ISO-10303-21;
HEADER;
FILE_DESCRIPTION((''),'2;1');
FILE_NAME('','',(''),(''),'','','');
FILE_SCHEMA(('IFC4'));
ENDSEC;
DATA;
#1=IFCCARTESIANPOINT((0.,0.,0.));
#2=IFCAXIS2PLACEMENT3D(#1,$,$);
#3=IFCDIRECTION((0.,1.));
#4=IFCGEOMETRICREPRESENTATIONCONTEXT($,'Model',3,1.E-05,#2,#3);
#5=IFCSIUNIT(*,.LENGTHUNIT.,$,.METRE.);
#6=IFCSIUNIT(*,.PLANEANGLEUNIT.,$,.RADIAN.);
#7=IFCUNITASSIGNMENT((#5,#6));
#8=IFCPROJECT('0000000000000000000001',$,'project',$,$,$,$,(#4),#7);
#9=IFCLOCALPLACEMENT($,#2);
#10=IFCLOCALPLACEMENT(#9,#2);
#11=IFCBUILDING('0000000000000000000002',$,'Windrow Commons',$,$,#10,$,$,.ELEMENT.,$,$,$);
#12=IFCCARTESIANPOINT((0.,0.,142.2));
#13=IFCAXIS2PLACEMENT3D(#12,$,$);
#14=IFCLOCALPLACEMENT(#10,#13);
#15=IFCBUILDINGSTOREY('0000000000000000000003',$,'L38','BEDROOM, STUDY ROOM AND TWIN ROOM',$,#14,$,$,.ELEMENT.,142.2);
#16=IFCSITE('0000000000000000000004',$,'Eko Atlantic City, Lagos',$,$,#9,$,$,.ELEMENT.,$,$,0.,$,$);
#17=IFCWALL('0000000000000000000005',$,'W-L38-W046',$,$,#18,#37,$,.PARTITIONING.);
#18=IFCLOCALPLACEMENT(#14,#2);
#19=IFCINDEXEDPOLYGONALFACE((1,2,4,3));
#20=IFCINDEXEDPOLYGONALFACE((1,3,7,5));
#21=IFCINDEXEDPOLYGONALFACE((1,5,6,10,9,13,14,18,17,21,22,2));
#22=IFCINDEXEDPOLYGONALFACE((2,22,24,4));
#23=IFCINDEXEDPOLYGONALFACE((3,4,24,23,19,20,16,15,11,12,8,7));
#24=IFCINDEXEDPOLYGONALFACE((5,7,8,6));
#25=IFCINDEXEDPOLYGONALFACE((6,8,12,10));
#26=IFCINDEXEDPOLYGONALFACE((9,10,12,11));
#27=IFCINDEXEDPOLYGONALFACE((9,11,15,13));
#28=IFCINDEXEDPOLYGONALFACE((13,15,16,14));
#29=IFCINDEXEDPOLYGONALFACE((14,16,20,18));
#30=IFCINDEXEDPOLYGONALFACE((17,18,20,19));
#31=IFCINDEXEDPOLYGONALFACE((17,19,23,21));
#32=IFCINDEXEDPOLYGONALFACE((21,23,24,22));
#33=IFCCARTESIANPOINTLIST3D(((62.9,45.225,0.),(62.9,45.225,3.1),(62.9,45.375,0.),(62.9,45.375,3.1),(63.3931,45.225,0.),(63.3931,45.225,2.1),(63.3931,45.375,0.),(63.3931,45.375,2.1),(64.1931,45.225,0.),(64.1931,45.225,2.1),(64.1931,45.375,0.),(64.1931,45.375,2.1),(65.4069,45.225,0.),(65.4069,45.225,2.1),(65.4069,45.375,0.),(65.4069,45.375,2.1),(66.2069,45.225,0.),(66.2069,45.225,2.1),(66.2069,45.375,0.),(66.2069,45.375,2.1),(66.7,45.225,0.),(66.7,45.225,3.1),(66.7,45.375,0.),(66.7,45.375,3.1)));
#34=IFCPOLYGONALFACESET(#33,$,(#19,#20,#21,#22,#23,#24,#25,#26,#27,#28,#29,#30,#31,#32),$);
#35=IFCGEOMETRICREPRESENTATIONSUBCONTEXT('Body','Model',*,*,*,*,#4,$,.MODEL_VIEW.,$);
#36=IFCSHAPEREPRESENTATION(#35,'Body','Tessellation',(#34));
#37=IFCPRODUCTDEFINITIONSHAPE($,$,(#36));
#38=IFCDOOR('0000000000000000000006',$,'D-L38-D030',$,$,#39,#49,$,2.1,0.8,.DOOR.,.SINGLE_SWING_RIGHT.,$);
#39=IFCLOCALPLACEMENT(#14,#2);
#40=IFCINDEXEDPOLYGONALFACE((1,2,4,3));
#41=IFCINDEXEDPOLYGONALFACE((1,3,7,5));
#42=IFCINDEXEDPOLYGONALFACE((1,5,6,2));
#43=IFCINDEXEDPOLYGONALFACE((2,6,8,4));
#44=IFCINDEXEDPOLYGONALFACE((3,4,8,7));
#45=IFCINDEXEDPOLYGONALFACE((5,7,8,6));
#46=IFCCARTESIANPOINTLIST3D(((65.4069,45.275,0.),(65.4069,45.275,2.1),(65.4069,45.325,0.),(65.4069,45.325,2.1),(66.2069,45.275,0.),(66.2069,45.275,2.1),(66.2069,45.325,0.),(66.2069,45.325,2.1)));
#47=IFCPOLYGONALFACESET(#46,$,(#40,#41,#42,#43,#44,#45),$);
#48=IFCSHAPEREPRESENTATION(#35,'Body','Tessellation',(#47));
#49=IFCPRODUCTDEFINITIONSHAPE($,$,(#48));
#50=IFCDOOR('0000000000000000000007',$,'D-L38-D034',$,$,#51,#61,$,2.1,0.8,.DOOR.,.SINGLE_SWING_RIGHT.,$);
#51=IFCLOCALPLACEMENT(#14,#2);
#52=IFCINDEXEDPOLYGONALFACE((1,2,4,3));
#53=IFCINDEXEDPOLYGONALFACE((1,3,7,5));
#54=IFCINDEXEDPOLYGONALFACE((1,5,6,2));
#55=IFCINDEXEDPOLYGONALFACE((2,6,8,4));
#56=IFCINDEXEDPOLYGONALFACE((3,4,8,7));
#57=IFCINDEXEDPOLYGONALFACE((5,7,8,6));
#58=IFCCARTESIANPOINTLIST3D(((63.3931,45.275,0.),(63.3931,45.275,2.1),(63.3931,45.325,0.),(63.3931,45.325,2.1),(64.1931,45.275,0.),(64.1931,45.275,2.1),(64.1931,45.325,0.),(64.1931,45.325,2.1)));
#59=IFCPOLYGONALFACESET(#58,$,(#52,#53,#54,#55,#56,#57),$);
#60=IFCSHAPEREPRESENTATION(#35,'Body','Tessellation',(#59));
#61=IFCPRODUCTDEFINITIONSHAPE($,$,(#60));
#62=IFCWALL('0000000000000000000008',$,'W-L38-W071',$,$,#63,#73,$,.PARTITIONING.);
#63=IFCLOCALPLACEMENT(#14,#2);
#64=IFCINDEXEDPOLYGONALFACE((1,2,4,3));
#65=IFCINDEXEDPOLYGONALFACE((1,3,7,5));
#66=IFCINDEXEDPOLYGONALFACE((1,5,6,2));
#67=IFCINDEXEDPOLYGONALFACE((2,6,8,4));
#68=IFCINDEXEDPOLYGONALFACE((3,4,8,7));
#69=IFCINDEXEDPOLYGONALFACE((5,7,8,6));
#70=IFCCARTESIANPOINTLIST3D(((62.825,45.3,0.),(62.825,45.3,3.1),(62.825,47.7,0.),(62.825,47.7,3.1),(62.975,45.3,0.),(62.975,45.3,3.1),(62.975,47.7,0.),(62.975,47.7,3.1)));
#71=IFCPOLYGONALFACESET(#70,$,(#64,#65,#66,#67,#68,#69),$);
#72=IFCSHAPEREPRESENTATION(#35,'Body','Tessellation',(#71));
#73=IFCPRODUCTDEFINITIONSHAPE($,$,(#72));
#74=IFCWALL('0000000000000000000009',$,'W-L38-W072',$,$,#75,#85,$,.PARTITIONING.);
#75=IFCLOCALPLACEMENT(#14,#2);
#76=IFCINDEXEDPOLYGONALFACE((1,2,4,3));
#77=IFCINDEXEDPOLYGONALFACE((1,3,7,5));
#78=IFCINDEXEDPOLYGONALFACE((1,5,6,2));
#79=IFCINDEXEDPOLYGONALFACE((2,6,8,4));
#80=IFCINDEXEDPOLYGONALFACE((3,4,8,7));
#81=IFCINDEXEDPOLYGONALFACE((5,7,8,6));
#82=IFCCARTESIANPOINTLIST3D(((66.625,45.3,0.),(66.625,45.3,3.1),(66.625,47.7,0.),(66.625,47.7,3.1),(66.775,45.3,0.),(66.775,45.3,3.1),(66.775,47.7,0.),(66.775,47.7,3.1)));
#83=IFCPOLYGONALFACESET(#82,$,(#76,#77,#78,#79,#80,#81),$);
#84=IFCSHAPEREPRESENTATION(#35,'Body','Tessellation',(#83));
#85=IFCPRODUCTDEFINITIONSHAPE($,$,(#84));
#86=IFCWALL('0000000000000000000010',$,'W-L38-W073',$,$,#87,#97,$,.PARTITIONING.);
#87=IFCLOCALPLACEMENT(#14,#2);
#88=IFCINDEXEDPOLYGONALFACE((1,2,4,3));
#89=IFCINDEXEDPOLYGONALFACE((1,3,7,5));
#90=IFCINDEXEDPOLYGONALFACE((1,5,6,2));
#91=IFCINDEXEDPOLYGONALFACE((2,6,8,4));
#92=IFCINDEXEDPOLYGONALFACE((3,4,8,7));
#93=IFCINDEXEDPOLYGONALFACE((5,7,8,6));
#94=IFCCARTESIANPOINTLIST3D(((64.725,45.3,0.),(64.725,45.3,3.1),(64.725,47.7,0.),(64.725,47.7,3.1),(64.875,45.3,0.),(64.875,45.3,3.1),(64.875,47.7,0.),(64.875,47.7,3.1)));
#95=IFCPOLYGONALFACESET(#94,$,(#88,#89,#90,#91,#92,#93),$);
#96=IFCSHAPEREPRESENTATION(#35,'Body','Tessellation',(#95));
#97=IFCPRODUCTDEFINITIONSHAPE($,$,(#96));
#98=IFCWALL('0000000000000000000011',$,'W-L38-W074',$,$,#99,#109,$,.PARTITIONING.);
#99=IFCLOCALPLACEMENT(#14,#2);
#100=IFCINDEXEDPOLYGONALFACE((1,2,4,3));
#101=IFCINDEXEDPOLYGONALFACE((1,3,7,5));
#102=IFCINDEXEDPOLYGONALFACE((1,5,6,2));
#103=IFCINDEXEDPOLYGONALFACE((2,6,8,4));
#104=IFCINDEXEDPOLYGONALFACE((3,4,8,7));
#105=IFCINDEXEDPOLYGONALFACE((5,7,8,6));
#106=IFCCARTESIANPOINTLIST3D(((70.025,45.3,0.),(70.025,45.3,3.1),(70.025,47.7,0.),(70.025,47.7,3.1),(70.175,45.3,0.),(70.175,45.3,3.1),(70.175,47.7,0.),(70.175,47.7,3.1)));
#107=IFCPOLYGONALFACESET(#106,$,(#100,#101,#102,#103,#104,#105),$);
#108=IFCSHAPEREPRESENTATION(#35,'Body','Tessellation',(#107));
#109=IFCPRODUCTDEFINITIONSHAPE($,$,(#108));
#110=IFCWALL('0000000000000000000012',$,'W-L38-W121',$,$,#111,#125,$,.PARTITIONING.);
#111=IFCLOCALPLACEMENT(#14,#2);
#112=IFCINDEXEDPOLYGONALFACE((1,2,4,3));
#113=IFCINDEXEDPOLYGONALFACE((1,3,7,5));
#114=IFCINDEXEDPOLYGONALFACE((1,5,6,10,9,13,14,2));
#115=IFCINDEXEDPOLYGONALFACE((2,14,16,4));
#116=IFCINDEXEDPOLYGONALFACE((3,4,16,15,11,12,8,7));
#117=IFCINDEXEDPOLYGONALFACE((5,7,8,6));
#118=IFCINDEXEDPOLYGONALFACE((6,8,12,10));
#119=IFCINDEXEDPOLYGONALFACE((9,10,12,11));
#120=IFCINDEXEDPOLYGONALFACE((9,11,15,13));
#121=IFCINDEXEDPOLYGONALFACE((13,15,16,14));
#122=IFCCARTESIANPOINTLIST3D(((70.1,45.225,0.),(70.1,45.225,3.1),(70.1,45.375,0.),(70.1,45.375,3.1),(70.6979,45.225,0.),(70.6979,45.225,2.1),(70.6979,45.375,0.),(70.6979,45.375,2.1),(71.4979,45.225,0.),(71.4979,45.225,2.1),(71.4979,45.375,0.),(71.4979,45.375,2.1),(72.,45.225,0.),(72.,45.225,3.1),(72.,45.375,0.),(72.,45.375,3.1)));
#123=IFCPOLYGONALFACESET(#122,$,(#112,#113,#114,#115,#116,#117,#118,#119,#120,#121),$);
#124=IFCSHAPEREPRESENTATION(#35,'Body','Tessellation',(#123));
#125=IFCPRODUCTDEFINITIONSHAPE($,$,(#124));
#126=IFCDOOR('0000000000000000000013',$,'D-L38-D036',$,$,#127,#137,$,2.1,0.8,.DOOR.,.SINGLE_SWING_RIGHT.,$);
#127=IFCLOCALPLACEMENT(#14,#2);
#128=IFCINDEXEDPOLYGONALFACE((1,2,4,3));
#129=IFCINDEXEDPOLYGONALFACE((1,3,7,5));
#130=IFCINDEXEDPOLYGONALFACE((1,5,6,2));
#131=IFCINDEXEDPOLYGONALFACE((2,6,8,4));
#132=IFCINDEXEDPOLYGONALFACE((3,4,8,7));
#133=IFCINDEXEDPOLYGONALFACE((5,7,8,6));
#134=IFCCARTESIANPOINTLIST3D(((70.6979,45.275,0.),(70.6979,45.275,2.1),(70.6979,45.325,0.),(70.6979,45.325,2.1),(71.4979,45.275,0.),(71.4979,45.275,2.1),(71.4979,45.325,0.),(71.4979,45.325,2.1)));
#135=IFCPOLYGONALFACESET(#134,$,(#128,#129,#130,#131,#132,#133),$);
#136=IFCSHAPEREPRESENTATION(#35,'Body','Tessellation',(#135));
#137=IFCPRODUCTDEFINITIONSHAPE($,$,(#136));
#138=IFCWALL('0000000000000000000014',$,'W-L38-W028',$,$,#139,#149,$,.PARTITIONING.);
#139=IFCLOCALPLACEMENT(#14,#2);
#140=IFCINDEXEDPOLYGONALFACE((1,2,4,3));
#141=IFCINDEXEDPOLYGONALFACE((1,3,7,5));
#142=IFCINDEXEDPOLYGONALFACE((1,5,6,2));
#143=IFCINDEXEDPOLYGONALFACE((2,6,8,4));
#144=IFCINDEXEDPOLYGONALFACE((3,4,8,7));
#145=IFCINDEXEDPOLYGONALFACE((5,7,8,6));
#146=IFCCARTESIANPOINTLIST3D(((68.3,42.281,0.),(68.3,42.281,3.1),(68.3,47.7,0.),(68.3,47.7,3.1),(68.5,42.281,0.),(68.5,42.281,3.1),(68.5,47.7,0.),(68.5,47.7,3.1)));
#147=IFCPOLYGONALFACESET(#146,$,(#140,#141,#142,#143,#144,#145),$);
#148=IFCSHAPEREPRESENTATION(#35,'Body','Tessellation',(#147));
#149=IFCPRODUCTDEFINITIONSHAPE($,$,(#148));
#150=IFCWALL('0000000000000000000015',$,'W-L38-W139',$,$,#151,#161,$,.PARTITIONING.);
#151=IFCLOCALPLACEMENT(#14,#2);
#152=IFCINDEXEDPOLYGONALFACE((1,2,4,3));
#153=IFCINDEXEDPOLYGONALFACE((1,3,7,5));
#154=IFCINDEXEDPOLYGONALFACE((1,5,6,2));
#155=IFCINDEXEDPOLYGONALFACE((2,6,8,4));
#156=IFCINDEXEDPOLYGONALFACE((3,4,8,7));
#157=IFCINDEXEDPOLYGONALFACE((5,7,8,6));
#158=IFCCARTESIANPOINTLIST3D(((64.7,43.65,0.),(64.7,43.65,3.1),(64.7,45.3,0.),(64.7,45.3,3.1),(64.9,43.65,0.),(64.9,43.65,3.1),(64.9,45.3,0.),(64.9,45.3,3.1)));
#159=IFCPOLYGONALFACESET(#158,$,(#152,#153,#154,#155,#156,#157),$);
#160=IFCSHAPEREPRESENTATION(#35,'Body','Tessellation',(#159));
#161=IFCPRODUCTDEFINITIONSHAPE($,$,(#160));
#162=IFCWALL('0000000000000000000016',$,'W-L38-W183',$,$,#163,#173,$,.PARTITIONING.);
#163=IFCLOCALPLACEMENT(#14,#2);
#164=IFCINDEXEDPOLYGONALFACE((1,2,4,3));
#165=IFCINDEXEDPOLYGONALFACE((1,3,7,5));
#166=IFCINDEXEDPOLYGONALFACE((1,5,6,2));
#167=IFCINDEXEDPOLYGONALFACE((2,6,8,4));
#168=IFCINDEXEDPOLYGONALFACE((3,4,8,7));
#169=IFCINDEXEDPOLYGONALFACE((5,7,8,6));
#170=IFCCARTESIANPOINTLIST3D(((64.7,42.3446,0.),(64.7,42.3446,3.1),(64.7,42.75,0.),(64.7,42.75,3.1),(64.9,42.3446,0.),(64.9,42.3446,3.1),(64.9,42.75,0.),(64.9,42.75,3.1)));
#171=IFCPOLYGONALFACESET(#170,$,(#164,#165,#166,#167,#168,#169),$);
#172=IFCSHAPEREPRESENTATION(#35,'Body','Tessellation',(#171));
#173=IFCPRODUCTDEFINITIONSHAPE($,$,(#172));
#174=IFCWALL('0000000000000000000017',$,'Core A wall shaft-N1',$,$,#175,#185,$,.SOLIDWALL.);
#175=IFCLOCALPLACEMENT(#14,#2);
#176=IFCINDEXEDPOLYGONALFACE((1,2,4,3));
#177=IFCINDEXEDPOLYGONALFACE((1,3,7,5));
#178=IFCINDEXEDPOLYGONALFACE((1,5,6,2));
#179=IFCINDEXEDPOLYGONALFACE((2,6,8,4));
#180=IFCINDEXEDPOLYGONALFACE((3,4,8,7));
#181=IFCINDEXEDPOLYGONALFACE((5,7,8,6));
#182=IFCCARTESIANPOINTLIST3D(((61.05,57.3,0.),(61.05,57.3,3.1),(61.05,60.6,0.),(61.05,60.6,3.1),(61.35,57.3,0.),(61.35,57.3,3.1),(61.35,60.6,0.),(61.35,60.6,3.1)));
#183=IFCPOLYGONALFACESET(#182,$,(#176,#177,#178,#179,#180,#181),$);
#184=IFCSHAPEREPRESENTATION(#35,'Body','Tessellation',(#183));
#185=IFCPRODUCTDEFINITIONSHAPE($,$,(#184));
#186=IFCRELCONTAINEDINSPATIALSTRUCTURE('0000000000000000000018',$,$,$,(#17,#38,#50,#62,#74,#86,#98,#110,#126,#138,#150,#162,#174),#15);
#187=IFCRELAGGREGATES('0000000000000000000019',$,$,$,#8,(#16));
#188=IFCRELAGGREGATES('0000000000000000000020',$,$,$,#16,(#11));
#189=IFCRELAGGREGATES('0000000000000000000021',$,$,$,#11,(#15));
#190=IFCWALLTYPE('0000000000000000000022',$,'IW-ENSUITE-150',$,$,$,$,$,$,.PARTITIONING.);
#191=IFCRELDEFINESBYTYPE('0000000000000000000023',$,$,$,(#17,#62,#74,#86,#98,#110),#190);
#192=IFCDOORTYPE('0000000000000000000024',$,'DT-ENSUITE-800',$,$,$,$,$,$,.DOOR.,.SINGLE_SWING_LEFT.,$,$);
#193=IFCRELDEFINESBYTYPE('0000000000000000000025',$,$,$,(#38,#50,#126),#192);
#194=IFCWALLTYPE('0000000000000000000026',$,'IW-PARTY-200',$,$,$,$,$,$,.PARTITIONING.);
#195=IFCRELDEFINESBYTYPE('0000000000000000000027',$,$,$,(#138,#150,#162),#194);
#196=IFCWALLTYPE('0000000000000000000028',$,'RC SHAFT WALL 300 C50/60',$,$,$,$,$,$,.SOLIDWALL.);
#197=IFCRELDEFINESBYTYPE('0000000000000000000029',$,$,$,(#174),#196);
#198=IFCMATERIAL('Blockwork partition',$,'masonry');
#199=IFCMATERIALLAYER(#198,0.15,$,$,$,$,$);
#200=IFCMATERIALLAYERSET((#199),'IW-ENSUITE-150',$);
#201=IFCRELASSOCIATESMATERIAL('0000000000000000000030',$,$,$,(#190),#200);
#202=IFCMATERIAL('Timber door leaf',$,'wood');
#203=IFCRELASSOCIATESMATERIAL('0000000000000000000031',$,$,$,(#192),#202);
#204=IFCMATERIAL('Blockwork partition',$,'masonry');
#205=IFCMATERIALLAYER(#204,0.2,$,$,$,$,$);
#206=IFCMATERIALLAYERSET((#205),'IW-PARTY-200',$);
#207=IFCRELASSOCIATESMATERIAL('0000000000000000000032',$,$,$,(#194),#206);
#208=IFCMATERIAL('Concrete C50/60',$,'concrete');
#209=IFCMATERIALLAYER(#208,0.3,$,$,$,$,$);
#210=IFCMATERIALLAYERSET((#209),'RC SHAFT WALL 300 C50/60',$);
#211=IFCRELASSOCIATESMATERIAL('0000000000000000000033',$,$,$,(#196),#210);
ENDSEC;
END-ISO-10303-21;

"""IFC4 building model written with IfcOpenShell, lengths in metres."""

from ifc_helpers import new_model, si_unit, direction, frame, frame_2d, origin, place, context, subcontext, project, spatial, rectangle, extrude, material, layer, layer_set, type_object, element, fill, save


model = new_model("IFC4")

# Units and contexts
model_context = context("Model", 3, precision=1e-05, world=origin(), true_north=direction((0.0, 1.0)))
body_context = subcontext(model_context, "Body", "Model", "MODEL_VIEW")
ifc_project = project(units=[si_unit("LENGTHUNIT", "METRE"), si_unit("PLANEANGLEUNIT", "RADIAN")], contexts=[model_context])

# Site, building, storey
site_placement = place(None, origin())
site = spatial("IfcSite", under=ifc_project, at=site_placement, Name="Eko Atlantic City, Lagos", CompositionType="ELEMENT", RefElevation=0.0)
building_placement = place(site_placement, origin())
building = spatial("IfcBuilding", under=site, at=building_placement, Name="Windrow Commons", CompositionType="ELEMENT")
storey_placement = place(building_placement, frame((0.0, 0.0, 142.2)))
storey = spatial("IfcBuildingStorey", under=building, at=storey_placement, Name="L38", Description="BEDROOM, STUDY ROOM AND TWIN ROOM", CompositionType="ELEMENT", Elevation=142.2)

# Wall, openings, doors
ifc_material_1 = material(Name="Blockwork partition", Category="masonry")
ifc_layer_1 = layer(ifc_material_1, 0.15)
ifc_layer_set_1 = layer_set([ifc_layer_1], Name="IW-ENSUITE-150")
wall_type_1 = type_object("IfcWallType", Name="IW-ENSUITE-150", PredefinedType="PARTITIONING", material=ifc_layer_set_1)
wall_1_placement = place(storey_placement, frame((62.9, 45.3, 0.0), z_axis=(0.0, 0.0, 1.0), x_axis=(1.0, 0.0, 0.0)))
wall_1 = element("IfcWall", 1, at=wall_1_placement, inside=storey, type_object=wall_type_1, Name="W-L38-W046", PredefinedType="PARTITIONING", context=body_context, shape_type="SweptSolid", body=[
    extrude(rectangle(XDim=3.8, YDim=0.15, at=frame_2d((1.9, 0.0))), origin(), (0.0, 0.0, 1.0), 3.1),
])
opening_1_placement = place(wall_1_placement, frame((2.5069, 0.0, 0.0)))
opening_1 = element("IfcOpeningElement", 2, at=opening_1_placement, cuts=wall_1, PredefinedType="OPENING", context=body_context, shape_type="SweptSolid", body=[
    extrude(rectangle(XDim=0.8, YDim=2.1, at=frame_2d((0.4, 1.05))), frame((0.0, 0.085, 0.0), z_axis=(0.0, -1.0, 0.0), x_axis=(1.0, 0.0, 0.0)), (0.0, 0.0, 1.0), 0.17),
])
opening_2_placement = place(wall_1_placement, frame((0.4931, 0.0, 0.0)))
opening_2 = element("IfcOpeningElement", 3, at=opening_2_placement, cuts=wall_1, PredefinedType="OPENING", context=body_context, shape_type="SweptSolid", body=[
    extrude(rectangle(XDim=0.8, YDim=2.1, at=frame_2d((0.4, 1.05))), frame((0.0, 0.085, 0.0), z_axis=(0.0, -1.0, 0.0), x_axis=(1.0, 0.0, 0.0)), (0.0, 0.0, 1.0), 0.17),
])
ifc_material_2 = material(Name="Timber door leaf", Category="wood")
door_type = type_object("IfcDoorType", Name="DT-ENSUITE-800", OperationType="SINGLE_SWING_LEFT", PredefinedType="DOOR", material=ifc_material_2)
door_1_placement = place(opening_1_placement, origin())
door_1 = element("IfcDoor", 4, at=door_1_placement, inside=storey, type_object=door_type, Name="D-L38-D030", OperationType="SINGLE_SWING_RIGHT", OverallHeight=2.1, OverallWidth=0.8, PredefinedType="DOOR", context=body_context, shape_type="SweptSolid", body=[
    extrude(rectangle(XDim=0.8, YDim=2.1, at=frame_2d((0.4, 1.05))), frame((0.0, 0.025, 0.0), z_axis=(0.0, -1.0, 0.0), x_axis=(1.0, 0.0, 0.0)), (0.0, 0.0, 1.0), 0.05),
])
fill(opening_1, door_1)
door_2_placement = place(opening_2_placement, origin())
door_2 = element("IfcDoor", 5, at=door_2_placement, inside=storey, type_object=door_type, Name="D-L38-D034", OperationType="SINGLE_SWING_RIGHT", OverallHeight=2.1, OverallWidth=0.8, PredefinedType="DOOR", context=body_context, shape_type="SweptSolid", body=[
    extrude(rectangle(XDim=0.8, YDim=2.1, at=frame_2d((0.4, 1.05))), frame((0.0, 0.025, 0.0), z_axis=(0.0, -1.0, 0.0), x_axis=(1.0, 0.0, 0.0)), (0.0, 0.0, 1.0), 0.05),
])
fill(opening_2, door_2)

# Walls
for number, where, z_axis, x_axis, name in (
    (6, (62.9, 45.3, 0.0), (0.0, 0.0, 1.0), (0.0, 1.0, 0.0), "W-L38-W071"),
    (7, (66.7, 45.3, 0.0), (0.0, 0.0, 1.0), (0.0, 1.0, 0.0), "W-L38-W072"),
    (8, (64.8, 45.3, 0.0), (0.0, 0.0, 1.0), (0.0, 1.0, 0.0), "W-L38-W073"),
    (9, (70.1, 45.3, 0.0), (0.0, 0.0, 1.0), (0.0, 1.0, 0.0), "W-L38-W074"),
):
    element("IfcWall", number, at=place(storey_placement, frame(where, z_axis=z_axis, x_axis=x_axis)), inside=storey, type_object=wall_type_1, Name=name, PredefinedType="PARTITIONING", context=body_context, shape_type="SweptSolid", body=[
        extrude(rectangle(XDim=2.4, YDim=0.15, at=frame_2d((1.2, 0.0))), origin(), (0.0, 0.0, 1.0), 3.1),
    ])

# Wall, opening, door
wall_2_placement = place(storey_placement, frame((70.1, 45.3, 0.0), z_axis=(0.0, 0.0, 1.0), x_axis=(1.0, 0.0, 0.0)))
wall_2 = element("IfcWall", 10, at=wall_2_placement, inside=storey, type_object=wall_type_1, Name="W-L38-W121", PredefinedType="PARTITIONING", context=body_context, shape_type="SweptSolid", body=[
    extrude(rectangle(XDim=1.9, YDim=0.15, at=frame_2d((0.95, 0.0))), origin(), (0.0, 0.0, 1.0), 3.1),
])
opening_3_placement = place(wall_2_placement, frame((0.5979, 0.0, 0.0)))
opening_3 = element("IfcOpeningElement", 11, at=opening_3_placement, cuts=wall_2, PredefinedType="OPENING", context=body_context, shape_type="SweptSolid", body=[
    extrude(rectangle(XDim=0.8, YDim=2.1, at=frame_2d((0.4, 1.05))), frame((0.0, 0.085, 0.0), z_axis=(0.0, -1.0, 0.0), x_axis=(1.0, 0.0, 0.0)), (0.0, 0.0, 1.0), 0.17),
])
door_3_placement = place(opening_3_placement, origin())
door_3 = element("IfcDoor", 12, at=door_3_placement, inside=storey, type_object=door_type, Name="D-L38-D036", OperationType="SINGLE_SWING_RIGHT", OverallHeight=2.1, OverallWidth=0.8, PredefinedType="DOOR", context=body_context, shape_type="SweptSolid", body=[
    extrude(rectangle(XDim=0.8, YDim=2.1, at=frame_2d((0.4, 1.05))), frame((0.0, 0.025, 0.0), z_axis=(0.0, -1.0, 0.0), x_axis=(1.0, 0.0, 0.0)), (0.0, 0.0, 1.0), 0.05),
])
fill(opening_3, door_3)

# Walls
ifc_material_3 = material(Name="Blockwork partition", Category="masonry")
ifc_layer_2 = layer(ifc_material_3, 0.2)
ifc_layer_set_2 = layer_set([ifc_layer_2], Name="IW-PARTY-200")
wall_type_2 = type_object("IfcWallType", Name="IW-PARTY-200", PredefinedType="PARTITIONING", material=ifc_layer_set_2)
wall_3_placement = place(storey_placement, frame((68.4, 42.281, 0.0), z_axis=(0.0, 0.0, 1.0), x_axis=(0.0, 1.0, 0.0)))
element("IfcWall", 13, at=wall_3_placement, inside=storey, type_object=wall_type_2, Name="W-L38-W028", PredefinedType="PARTITIONING", context=body_context, shape_type="SweptSolid", body=[
    extrude(rectangle(XDim=5.419, YDim=0.2, at=frame_2d((2.7095, 0.0))), origin(), (0.0, 0.0, 1.0), 3.1),
])
wall_4_placement = place(storey_placement, frame((64.8, 43.65, 0.0), z_axis=(0.0, 0.0, 1.0), x_axis=(0.0, 1.0, 0.0)))
element("IfcWall", 14, at=wall_4_placement, inside=storey, type_object=wall_type_2, Name="W-L38-W139", PredefinedType="PARTITIONING", context=body_context, shape_type="SweptSolid", body=[
    extrude(rectangle(XDim=1.65, YDim=0.2, at=frame_2d((0.825, 0.0))), origin(), (0.0, 0.0, 1.0), 3.1),
])
wall_5_placement = place(storey_placement, frame((64.8, 42.3446, 0.0), z_axis=(0.0, 0.0, 1.0), x_axis=(0.0, 1.0, 0.0)))
element("IfcWall", 15, at=wall_5_placement, inside=storey, type_object=wall_type_2, Name="W-L38-W183", PredefinedType="PARTITIONING", context=body_context, shape_type="SweptSolid", body=[
    extrude(rectangle(XDim=0.4054, YDim=0.2, at=frame_2d((0.2027, 0.0))), origin(), (0.0, 0.0, 1.0), 3.1),
])
ifc_material_4 = material(Name="Concrete C50/60", Category="concrete")
ifc_layer_3 = layer(ifc_material_4, 0.3)
ifc_layer_set_3 = layer_set([ifc_layer_3], Name="RC SHAFT WALL 300 C50/60")
wall_type_3 = type_object("IfcWallType", Name="RC SHAFT WALL 300 C50/60", PredefinedType="SOLIDWALL", material=ifc_layer_set_3)
for number, where, z_axis, x_axis, name in (
    (16, (61.2, 57.3, 0.0), (0.0, 0.0, 1.0), (0.0, 1.0, 0.0), "Core A wall shaft-N1"),
):
    element("IfcWall", number, at=place(storey_placement, frame(where, z_axis=z_axis, x_axis=x_axis)), inside=storey, type_object=wall_type_3, Name=name, PredefinedType="SOLIDWALL", context=body_context, shape_type="SweptSolid", body=[
        extrude(rectangle(XDim=3.3, YDim=0.3, at=frame_2d((1.65, 0.0))), origin(), (0.0, 0.0, 1.0), 3.1),
    ])

save(model, "model.ifc")
